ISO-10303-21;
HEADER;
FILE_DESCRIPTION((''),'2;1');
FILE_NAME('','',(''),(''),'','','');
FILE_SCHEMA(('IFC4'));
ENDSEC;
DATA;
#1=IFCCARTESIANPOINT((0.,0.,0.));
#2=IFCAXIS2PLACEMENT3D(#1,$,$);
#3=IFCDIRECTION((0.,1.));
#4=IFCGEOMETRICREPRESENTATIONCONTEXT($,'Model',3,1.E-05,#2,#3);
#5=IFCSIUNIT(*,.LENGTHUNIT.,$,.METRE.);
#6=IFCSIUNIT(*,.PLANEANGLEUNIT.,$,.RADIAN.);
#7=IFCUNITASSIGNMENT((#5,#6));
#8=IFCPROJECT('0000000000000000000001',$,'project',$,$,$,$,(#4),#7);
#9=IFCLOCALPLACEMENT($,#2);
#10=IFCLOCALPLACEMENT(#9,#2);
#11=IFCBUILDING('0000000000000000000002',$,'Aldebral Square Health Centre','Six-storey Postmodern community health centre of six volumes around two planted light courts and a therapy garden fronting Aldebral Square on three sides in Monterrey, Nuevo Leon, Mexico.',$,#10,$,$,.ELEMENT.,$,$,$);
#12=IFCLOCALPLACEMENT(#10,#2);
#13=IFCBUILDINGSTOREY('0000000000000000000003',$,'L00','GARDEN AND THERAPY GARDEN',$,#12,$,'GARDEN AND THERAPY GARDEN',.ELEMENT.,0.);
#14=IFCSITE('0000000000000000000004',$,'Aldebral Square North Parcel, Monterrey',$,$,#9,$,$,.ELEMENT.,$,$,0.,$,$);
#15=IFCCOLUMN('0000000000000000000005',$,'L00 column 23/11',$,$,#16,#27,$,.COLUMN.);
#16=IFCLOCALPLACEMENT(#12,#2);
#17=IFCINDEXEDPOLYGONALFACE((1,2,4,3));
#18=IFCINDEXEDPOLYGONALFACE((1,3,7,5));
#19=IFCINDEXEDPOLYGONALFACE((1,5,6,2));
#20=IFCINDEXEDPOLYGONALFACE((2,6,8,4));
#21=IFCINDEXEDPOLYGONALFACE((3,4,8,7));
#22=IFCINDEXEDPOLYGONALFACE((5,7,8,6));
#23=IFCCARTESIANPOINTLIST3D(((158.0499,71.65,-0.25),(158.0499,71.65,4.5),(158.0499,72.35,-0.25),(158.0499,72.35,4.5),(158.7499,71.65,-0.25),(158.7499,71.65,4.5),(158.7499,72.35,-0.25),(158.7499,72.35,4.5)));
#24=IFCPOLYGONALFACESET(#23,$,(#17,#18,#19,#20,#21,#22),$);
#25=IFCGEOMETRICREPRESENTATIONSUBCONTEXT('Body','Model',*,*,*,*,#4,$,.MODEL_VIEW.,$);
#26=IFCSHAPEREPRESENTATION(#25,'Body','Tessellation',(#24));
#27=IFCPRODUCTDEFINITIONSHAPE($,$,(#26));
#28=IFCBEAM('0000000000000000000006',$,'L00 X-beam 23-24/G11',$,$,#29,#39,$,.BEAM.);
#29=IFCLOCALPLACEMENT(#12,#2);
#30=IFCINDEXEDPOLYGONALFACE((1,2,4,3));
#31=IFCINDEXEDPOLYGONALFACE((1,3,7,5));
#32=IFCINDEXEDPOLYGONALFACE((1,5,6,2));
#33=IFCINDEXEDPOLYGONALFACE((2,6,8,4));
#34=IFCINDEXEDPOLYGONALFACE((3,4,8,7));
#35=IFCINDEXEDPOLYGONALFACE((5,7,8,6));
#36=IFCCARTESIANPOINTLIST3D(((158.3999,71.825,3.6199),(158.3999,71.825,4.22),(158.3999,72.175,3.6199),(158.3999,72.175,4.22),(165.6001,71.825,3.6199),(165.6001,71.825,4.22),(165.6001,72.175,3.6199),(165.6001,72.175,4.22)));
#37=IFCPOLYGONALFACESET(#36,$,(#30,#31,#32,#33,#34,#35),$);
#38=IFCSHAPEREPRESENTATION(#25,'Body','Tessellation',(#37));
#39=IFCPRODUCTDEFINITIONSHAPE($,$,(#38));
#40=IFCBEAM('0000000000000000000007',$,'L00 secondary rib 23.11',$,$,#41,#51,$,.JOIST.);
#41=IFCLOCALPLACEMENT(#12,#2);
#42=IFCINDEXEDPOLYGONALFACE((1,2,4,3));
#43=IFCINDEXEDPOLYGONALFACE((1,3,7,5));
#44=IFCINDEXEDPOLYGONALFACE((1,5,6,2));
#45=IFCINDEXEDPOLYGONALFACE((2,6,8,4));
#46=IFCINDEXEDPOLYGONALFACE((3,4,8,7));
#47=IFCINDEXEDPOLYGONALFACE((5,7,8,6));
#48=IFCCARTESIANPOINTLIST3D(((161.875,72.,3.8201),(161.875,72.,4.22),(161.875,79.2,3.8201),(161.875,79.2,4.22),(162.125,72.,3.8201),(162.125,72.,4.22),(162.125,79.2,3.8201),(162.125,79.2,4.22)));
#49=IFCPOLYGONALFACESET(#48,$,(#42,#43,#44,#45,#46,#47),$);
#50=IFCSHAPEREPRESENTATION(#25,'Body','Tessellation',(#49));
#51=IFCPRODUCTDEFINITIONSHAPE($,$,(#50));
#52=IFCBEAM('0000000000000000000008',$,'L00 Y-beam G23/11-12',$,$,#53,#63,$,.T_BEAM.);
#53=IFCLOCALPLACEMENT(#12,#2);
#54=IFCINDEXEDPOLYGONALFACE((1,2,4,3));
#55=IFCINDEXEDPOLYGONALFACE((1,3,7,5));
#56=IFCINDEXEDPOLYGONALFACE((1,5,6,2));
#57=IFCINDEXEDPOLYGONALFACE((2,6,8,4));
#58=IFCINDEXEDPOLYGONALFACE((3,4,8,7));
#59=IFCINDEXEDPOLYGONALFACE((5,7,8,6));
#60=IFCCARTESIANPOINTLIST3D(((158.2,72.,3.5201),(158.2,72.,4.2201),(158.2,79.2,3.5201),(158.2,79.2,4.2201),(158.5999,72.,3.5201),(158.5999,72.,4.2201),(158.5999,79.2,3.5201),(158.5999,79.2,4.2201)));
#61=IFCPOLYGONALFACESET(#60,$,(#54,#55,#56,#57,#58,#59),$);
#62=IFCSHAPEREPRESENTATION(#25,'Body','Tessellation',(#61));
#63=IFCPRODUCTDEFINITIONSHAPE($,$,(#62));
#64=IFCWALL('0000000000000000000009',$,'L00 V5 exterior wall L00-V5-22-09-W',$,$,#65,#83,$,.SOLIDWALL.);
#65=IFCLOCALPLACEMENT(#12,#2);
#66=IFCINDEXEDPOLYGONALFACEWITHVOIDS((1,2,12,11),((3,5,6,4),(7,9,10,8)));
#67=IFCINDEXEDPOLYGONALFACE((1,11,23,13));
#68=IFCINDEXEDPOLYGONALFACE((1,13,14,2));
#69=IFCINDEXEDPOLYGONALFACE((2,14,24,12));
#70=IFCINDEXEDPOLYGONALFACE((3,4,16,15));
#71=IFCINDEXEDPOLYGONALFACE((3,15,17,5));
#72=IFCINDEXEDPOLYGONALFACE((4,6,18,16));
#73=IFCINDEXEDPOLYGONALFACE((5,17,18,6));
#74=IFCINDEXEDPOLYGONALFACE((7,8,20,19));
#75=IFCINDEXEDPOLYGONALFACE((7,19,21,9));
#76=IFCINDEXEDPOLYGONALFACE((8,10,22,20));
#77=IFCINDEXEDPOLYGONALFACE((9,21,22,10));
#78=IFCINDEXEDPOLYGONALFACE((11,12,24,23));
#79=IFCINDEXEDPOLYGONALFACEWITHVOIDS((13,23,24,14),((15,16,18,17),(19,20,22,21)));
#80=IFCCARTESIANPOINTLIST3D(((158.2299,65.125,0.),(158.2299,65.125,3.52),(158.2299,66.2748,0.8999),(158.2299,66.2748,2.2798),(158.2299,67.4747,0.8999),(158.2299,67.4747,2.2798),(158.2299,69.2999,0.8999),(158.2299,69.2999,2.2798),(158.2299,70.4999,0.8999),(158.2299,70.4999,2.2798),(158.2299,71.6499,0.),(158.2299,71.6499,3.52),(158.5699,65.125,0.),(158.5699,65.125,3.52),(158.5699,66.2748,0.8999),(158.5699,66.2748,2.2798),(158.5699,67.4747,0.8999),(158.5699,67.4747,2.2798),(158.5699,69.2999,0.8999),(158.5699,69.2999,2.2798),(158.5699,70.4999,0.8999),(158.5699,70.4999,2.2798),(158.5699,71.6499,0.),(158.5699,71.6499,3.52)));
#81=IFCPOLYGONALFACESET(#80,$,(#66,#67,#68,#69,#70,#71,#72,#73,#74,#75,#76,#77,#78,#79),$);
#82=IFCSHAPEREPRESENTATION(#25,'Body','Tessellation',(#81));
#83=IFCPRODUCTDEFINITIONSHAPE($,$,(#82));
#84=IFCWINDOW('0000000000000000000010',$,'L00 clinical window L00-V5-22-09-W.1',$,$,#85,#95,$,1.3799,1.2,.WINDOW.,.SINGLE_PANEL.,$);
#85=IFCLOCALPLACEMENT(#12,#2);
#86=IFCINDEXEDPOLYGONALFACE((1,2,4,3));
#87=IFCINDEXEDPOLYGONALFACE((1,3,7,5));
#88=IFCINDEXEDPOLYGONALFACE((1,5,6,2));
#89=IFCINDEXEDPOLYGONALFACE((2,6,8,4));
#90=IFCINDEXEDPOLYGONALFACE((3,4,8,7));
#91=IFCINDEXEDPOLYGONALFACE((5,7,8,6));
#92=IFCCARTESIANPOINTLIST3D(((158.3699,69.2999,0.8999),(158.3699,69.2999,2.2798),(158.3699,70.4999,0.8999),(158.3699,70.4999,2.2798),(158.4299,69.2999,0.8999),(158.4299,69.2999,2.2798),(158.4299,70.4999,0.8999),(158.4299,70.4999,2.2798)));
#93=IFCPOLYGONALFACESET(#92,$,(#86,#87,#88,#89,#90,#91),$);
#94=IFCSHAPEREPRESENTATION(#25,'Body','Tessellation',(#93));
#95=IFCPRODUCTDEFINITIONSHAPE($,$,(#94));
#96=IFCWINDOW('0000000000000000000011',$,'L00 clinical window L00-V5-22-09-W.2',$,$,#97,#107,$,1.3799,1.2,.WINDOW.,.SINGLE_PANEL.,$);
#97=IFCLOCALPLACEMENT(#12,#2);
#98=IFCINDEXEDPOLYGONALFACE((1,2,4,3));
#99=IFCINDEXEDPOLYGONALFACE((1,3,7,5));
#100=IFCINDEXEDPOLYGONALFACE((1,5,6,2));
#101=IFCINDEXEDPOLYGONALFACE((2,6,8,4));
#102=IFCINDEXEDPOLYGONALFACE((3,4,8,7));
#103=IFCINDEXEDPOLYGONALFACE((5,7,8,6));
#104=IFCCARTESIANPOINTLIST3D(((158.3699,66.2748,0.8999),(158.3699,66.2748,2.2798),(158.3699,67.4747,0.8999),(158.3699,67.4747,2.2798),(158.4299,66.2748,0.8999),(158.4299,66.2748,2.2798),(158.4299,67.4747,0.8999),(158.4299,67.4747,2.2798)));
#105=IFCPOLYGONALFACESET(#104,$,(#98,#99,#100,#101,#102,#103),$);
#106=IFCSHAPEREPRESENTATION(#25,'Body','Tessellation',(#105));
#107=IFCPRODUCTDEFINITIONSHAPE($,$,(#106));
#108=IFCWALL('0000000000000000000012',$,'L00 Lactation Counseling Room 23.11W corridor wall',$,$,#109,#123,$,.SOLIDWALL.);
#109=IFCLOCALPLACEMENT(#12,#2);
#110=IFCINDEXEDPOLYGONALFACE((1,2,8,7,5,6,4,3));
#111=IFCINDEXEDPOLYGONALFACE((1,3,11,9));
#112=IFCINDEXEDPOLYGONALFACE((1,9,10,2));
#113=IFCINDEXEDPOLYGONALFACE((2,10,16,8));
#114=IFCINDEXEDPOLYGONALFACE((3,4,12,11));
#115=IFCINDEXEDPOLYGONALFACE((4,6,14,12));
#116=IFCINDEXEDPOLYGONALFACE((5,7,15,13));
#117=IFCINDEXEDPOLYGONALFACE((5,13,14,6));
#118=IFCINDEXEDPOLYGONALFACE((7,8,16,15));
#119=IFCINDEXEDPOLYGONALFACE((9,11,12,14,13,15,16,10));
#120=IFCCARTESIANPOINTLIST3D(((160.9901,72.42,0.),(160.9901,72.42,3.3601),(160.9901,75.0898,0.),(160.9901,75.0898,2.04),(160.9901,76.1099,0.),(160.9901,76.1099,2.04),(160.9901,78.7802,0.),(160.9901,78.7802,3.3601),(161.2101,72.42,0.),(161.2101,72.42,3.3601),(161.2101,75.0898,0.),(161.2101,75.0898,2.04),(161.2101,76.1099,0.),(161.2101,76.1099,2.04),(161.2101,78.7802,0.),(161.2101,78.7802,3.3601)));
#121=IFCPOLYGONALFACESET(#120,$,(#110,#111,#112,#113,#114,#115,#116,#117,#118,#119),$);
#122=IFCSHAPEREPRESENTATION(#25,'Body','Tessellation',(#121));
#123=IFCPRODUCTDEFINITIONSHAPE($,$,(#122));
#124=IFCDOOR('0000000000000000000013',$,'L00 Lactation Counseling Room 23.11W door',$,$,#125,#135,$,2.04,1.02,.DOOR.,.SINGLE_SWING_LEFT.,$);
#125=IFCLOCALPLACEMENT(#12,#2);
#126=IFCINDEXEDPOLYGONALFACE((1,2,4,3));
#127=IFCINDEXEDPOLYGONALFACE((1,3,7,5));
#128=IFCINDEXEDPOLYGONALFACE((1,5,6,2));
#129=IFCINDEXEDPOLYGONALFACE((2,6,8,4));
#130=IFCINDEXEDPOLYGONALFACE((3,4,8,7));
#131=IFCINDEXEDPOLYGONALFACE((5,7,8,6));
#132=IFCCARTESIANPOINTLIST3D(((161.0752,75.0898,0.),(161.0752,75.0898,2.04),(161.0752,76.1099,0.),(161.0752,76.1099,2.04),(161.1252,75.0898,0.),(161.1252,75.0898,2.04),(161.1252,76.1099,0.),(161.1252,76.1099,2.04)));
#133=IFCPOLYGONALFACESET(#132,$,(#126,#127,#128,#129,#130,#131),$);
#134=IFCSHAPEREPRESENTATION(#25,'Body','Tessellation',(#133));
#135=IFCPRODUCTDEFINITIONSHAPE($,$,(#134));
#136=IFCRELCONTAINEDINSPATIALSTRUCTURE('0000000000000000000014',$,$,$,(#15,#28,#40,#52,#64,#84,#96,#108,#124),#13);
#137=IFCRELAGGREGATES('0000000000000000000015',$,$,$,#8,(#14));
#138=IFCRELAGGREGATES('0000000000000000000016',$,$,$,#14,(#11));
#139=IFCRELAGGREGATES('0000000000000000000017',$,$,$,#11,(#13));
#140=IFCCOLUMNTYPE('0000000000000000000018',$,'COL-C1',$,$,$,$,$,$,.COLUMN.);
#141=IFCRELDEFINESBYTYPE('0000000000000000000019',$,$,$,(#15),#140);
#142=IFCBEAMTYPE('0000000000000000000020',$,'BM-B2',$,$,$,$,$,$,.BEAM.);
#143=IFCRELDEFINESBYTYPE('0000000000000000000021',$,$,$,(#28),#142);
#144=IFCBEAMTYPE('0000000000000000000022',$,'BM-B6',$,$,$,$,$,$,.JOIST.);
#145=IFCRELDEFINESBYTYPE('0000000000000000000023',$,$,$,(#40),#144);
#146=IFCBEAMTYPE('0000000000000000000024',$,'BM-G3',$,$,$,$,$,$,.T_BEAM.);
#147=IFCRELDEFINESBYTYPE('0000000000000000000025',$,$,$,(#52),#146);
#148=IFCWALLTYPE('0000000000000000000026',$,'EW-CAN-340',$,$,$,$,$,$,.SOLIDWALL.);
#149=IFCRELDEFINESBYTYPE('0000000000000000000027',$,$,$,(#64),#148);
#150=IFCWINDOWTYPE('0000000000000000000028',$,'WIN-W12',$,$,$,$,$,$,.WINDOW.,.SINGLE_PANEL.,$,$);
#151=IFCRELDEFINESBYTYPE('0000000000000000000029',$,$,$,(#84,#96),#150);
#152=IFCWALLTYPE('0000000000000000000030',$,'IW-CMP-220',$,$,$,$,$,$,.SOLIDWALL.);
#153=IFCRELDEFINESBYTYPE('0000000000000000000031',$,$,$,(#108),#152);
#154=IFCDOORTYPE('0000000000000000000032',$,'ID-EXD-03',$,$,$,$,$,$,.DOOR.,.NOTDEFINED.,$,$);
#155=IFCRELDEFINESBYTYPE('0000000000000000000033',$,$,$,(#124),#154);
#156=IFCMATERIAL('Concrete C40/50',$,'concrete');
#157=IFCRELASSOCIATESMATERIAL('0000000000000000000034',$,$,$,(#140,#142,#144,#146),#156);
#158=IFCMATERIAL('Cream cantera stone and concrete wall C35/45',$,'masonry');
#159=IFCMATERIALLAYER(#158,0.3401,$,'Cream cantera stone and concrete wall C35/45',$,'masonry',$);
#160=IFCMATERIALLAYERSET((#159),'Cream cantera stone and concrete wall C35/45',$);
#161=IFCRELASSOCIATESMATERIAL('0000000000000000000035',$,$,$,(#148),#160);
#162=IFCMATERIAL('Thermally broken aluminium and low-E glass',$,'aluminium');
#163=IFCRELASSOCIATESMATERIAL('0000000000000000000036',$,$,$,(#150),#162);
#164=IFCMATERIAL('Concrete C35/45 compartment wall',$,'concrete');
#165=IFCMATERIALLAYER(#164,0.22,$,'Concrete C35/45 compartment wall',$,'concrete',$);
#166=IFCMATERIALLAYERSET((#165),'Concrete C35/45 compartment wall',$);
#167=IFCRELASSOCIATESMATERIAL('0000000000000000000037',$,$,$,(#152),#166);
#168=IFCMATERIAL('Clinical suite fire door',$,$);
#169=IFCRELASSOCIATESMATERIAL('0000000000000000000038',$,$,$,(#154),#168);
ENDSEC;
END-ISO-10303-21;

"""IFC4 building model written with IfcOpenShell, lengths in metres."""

from ifc_helpers import new_model, si_unit, direction, frame, frame_2d, origin, origin_2d, place, context, subcontext, project, spatial, rectangle, extrude, material, layer, layer_set, material_profile, profile_set, type_object, element, fill, save


model = new_model("IFC4")

# Units and contexts
model_context = context("Model", 3, precision=1e-05, world=origin(), true_north=direction((0.0, 1.0)))
body_context = subcontext(model_context, "Body", "Model", "MODEL_VIEW")
ifc_project = project(units=[si_unit("LENGTHUNIT", "METRE"), si_unit("PLANEANGLEUNIT", "RADIAN")], contexts=[model_context])

# Site, building, storey
site_placement = place(None, origin())
site = spatial("IfcSite", under=ifc_project, at=site_placement, Name="Aldebral Square North Parcel, Monterrey", CompositionType="ELEMENT", RefElevation=0.0)
building_placement = place(site_placement, origin())
building = spatial("IfcBuilding", under=site, at=building_placement, Name="Aldebral Square Health Centre", Description="Six-storey Postmodern community health centre of six volumes around two planted light courts and a therapy garden fronting Aldebral Square on three sides in Monterrey, Nuevo Leon, Mexico.", CompositionType="ELEMENT")
storey_placement = place(building_placement, origin())
storey = spatial("IfcBuildingStorey", under=building, at=storey_placement, Name="L00", Description="GARDEN AND THERAPY GARDEN", LongName="GARDEN AND THERAPY GARDEN", CompositionType="ELEMENT", Elevation=0.0)

# Column
ifc_material_1 = material(Name="Concrete C40/50", Category="concrete")
ifc_material_profile_1 = material_profile(ifc_material_1, rectangle(XDim=0.7, YDim=0.7, at=origin_2d()), Name="RC 700x700")
ifc_profile_set_1 = profile_set([ifc_material_profile_1], Name="Concrete C40/50")
column_type = type_object("IfcColumnType", Name="COL-C1", PredefinedType="COLUMN", material=ifc_profile_set_1)
column_placement = place(storey_placement, frame((158.3999, 72.0, -0.25), z_axis=(0.0, 0.0, 1.0), x_axis=(1.0, 0.0, 0.0)))
element("IfcColumn", 1, at=column_placement, inside=storey, type_object=column_type, Name="L00 column 23/11", PredefinedType="COLUMN", context=body_context, shape_type="SweptSolid", body=[
    extrude(rectangle(XDim=0.7, YDim=0.7, at=origin_2d()), origin(), (0.0, 0.0, 1.0), 4.75),
])

# Beams
ifc_material_profile_2 = material_profile(ifc_material_1, rectangle(XDim=0.3501, YDim=0.6001, at=origin_2d()), Name="RC 350x600")
ifc_profile_set_2 = profile_set([ifc_material_profile_2], Name="Concrete C40/50")
beam_type_1 = type_object("IfcBeamType", Name="BM-B2", PredefinedType="BEAM", material=ifc_profile_set_2)
beam_1_placement = place(storey_placement, frame((158.3999, 72.0, 3.9199), z_axis=(1.0, 0.0, 0.0), x_axis=(0.0, 1.0, 0.0)))
element("IfcBeam", 2, at=beam_1_placement, inside=storey, type_object=beam_type_1, Name="L00 X-beam 23-24/G11", PredefinedType="BEAM", context=body_context, shape_type="SweptSolid", body=[
    extrude(rectangle(XDim=0.3501, YDim=0.6001, at=origin_2d()), origin(), (0.0, 0.0, 1.0), 7.2002),
])
ifc_material_profile_3 = material_profile(ifc_material_1, rectangle(XDim=0.25, YDim=0.3999, at=origin_2d()), Name="RC 250x400")
ifc_profile_set_3 = profile_set([ifc_material_profile_3], Name="Concrete C40/50")
beam_type_2 = type_object("IfcBeamType", Name="BM-B6", PredefinedType="JOIST", material=ifc_profile_set_3)
beam_2_placement = place(storey_placement, frame((162.0, 72.0, 4.02), z_axis=(0.0, 1.0, 0.0), x_axis=(-1.0, 0.0, 0.0)))
element("IfcBeam", 3, at=beam_2_placement, inside=storey, type_object=beam_type_2, Name="L00 secondary rib 23.11", PredefinedType="JOIST", context=body_context, shape_type="SweptSolid", body=[
    extrude(rectangle(XDim=0.25, YDim=0.3999, at=origin_2d()), origin(), (0.0, 0.0, 1.0), 7.2),
])
ifc_material_profile_4 = material_profile(ifc_material_1, rectangle(XDim=0.3999, YDim=0.7, at=origin_2d()), Name="RC 400x700")
ifc_profile_set_4 = profile_set([ifc_material_profile_4], Name="Concrete C40/50")
beam_type_3 = type_object("IfcBeamType", Name="BM-G3", PredefinedType="T_BEAM", material=ifc_profile_set_4)
beam_3_placement = place(storey_placement, frame((158.3999, 72.0, 3.8701), z_axis=(0.0, 1.0, 0.0), x_axis=(-1.0, 0.0, 0.0)))
element("IfcBeam", 4, at=beam_3_placement, inside=storey, type_object=beam_type_3, Name="L00 Y-beam G23/11-12", PredefinedType="T_BEAM", context=body_context, shape_type="SweptSolid", body=[
    extrude(rectangle(XDim=0.3999, YDim=0.7, at=origin_2d()), origin(), (0.0, 0.0, 1.0), 7.2),
])

# Wall, openings, windows
ifc_material_2 = material(Name="Cream cantera stone and concrete wall C35/45", Category="masonry")
ifc_layer_1 = layer(ifc_material_2, 0.3401, Name="Cream cantera stone and concrete wall C35/45", Category="masonry")
ifc_layer_set_1 = layer_set([ifc_layer_1], Name="Cream cantera stone and concrete wall C35/45")
wall_type_1 = type_object("IfcWallType", Name="EW-CAN-340", PredefinedType="SOLIDWALL", material=ifc_layer_set_1)
wall_1_placement = place(storey_placement, frame((158.3999, 71.6499, 0.0), z_axis=(0.0, 0.0, 1.0), x_axis=(0.0, -1.0, 0.0)))
wall_1 = element("IfcWall", 5, at=wall_1_placement, inside=storey, type_object=wall_type_1, Name="L00 V5 exterior wall L00-V5-22-09-W", PredefinedType="SOLIDWALL", context=body_context, shape_type="SweptSolid", body=[
    extrude(rectangle(XDim=6.5249, YDim=0.3401, at=frame_2d((3.2625, 0.0))), origin(), (0.0, 0.0, 1.0), 3.52),
])
opening_1_placement = place(wall_1_placement, frame((1.1499, 0.0, 0.8999)))
opening_1 = element("IfcOpeningElement", 6, at=opening_1_placement, cuts=wall_1, PredefinedType="OPENING", context=body_context, shape_type="SweptSolid", body=[
    extrude(rectangle(XDim=1.2, YDim=1.3799, at=frame_2d((0.6001, 0.6899))), frame((0.0, 0.1802, 0.0), z_axis=(0.0, -1.0, 0.0), x_axis=(1.0, 0.0, 0.0)), (0.0, 0.0, 1.0), 0.3601),
])
opening_2_placement = place(wall_1_placement, frame((4.175, 0.0, 0.8999)))
opening_2 = element("IfcOpeningElement", 7, at=opening_2_placement, cuts=wall_1, PredefinedType="OPENING", context=body_context, shape_type="SweptSolid", body=[
    extrude(rectangle(XDim=1.2, YDim=1.3799, at=frame_2d((0.6001, 0.6899))), frame((0.0, 0.1802, 0.0), z_axis=(0.0, -1.0, 0.0), x_axis=(1.0, 0.0, 0.0)), (0.0, 0.0, 1.0), 0.3601),
])
ifc_material_3 = material(Name="Thermally broken aluminium and low-E glass", Category="aluminium")
window_type = type_object("IfcWindowType", Name="WIN-W12", PartitioningType="SINGLE_PANEL", PredefinedType="WINDOW", material=ifc_material_3)
window_1_placement = place(opening_1_placement, origin())
window_1 = element("IfcWindow", 8, at=window_1_placement, inside=storey, type_object=window_type, Name="L00 clinical window L00-V5-22-09-W.1", OverallHeight=1.3799, OverallWidth=1.2, PartitioningType="SINGLE_PANEL", PredefinedType="WINDOW", context=body_context, shape_type="SweptSolid", body=[
    extrude(rectangle(XDim=1.2, YDim=1.3799, at=frame_2d((0.6001, 0.6899))), frame((0.0, 0.03, 0.0), z_axis=(0.0, -1.0, 0.0), x_axis=(1.0, 0.0, 0.0)), (0.0, 0.0, 1.0), 0.0601),
])
fill(opening_1, window_1)
window_2_placement = place(opening_2_placement, origin())
window_2 = element("IfcWindow", 9, at=window_2_placement, inside=storey, type_object=window_type, Name="L00 clinical window L00-V5-22-09-W.2", OverallHeight=1.3799, OverallWidth=1.2, PartitioningType="SINGLE_PANEL", PredefinedType="WINDOW", context=body_context, shape_type="SweptSolid", body=[
    extrude(rectangle(XDim=1.2, YDim=1.3799, at=frame_2d((0.6001, 0.6899))), frame((0.0, 0.03, 0.0), z_axis=(0.0, -1.0, 0.0), x_axis=(1.0, 0.0, 0.0)), (0.0, 0.0, 1.0), 0.0601),
])
fill(opening_2, window_2)

# Wall, opening, door
ifc_material_4 = material(Name="Concrete C35/45 compartment wall", Category="concrete")
ifc_layer_2 = layer(ifc_material_4, 0.22, Name="Concrete C35/45 compartment wall", Category="concrete")
ifc_layer_set_2 = layer_set([ifc_layer_2], Name="Concrete C35/45 compartment wall")
wall_type_2 = type_object("IfcWallType", Name="IW-CMP-220", PredefinedType="SOLIDWALL", material=ifc_layer_set_2)
wall_2_placement = place(storey_placement, frame((161.1001, 72.4199, 0.0), z_axis=(0.0, 0.0, 1.0), x_axis=(0.0, 1.0, 0.0)))
wall_2 = element("IfcWall", 10, at=wall_2_placement, inside=storey, type_object=wall_type_2, Name="L00 Lactation Counseling Room 23.11W corridor wall", PredefinedType="SOLIDWALL", context=body_context, shape_type="SweptSolid", body=[
    extrude(rectangle(XDim=6.3601, YDim=0.22, at=frame_2d((3.1802, 0.0))), origin(), (0.0, 0.0, 1.0), 3.3601),
])
opening_3_placement = place(wall_2_placement, frame((2.6699, 0.0, 0.0)))
opening_3 = element("IfcOpeningElement", 11, at=opening_3_placement, cuts=wall_2, PredefinedType="OPENING", context=body_context, shape_type="SweptSolid", body=[
    extrude(rectangle(XDim=1.02, YDim=2.04, at=frame_2d((0.51, 1.02))), frame((0.0, 0.1201, 0.0), z_axis=(0.0, -1.0, 0.0), x_axis=(1.0, 0.0, 0.0)), (0.0, 0.0, 1.0), 0.24),
])
ifc_material_5 = material(Name="Clinical suite fire door")
door_type_1 = type_object("IfcDoorType", Name="ID-EXD-03", OperationType="NOTDEFINED", PredefinedType="DOOR", material=ifc_material_5)
door_1_placement = place(opening_3_placement, origin())
door_1 = element("IfcDoor", 12, at=door_1_placement, inside=storey, type_object=door_type_1, Name="L00 Lactation Counseling Room 23.11W door", OperationType="SINGLE_SWING_LEFT", OverallHeight=2.04, OverallWidth=1.02, PredefinedType="DOOR", context=body_context, shape_type="SweptSolid", body=[
    extrude(rectangle(XDim=1.02, YDim=2.04, at=frame_2d((0.51, 1.02))), frame((0.0, 0.0249, 0.0), z_axis=(0.0, -1.0, 0.0), x_axis=(1.0, 0.0, 0.0)), (0.0, 0.0, 1.0), 0.05),
])
fill(opening_3, door_1)

save(model, "model.ifc")
